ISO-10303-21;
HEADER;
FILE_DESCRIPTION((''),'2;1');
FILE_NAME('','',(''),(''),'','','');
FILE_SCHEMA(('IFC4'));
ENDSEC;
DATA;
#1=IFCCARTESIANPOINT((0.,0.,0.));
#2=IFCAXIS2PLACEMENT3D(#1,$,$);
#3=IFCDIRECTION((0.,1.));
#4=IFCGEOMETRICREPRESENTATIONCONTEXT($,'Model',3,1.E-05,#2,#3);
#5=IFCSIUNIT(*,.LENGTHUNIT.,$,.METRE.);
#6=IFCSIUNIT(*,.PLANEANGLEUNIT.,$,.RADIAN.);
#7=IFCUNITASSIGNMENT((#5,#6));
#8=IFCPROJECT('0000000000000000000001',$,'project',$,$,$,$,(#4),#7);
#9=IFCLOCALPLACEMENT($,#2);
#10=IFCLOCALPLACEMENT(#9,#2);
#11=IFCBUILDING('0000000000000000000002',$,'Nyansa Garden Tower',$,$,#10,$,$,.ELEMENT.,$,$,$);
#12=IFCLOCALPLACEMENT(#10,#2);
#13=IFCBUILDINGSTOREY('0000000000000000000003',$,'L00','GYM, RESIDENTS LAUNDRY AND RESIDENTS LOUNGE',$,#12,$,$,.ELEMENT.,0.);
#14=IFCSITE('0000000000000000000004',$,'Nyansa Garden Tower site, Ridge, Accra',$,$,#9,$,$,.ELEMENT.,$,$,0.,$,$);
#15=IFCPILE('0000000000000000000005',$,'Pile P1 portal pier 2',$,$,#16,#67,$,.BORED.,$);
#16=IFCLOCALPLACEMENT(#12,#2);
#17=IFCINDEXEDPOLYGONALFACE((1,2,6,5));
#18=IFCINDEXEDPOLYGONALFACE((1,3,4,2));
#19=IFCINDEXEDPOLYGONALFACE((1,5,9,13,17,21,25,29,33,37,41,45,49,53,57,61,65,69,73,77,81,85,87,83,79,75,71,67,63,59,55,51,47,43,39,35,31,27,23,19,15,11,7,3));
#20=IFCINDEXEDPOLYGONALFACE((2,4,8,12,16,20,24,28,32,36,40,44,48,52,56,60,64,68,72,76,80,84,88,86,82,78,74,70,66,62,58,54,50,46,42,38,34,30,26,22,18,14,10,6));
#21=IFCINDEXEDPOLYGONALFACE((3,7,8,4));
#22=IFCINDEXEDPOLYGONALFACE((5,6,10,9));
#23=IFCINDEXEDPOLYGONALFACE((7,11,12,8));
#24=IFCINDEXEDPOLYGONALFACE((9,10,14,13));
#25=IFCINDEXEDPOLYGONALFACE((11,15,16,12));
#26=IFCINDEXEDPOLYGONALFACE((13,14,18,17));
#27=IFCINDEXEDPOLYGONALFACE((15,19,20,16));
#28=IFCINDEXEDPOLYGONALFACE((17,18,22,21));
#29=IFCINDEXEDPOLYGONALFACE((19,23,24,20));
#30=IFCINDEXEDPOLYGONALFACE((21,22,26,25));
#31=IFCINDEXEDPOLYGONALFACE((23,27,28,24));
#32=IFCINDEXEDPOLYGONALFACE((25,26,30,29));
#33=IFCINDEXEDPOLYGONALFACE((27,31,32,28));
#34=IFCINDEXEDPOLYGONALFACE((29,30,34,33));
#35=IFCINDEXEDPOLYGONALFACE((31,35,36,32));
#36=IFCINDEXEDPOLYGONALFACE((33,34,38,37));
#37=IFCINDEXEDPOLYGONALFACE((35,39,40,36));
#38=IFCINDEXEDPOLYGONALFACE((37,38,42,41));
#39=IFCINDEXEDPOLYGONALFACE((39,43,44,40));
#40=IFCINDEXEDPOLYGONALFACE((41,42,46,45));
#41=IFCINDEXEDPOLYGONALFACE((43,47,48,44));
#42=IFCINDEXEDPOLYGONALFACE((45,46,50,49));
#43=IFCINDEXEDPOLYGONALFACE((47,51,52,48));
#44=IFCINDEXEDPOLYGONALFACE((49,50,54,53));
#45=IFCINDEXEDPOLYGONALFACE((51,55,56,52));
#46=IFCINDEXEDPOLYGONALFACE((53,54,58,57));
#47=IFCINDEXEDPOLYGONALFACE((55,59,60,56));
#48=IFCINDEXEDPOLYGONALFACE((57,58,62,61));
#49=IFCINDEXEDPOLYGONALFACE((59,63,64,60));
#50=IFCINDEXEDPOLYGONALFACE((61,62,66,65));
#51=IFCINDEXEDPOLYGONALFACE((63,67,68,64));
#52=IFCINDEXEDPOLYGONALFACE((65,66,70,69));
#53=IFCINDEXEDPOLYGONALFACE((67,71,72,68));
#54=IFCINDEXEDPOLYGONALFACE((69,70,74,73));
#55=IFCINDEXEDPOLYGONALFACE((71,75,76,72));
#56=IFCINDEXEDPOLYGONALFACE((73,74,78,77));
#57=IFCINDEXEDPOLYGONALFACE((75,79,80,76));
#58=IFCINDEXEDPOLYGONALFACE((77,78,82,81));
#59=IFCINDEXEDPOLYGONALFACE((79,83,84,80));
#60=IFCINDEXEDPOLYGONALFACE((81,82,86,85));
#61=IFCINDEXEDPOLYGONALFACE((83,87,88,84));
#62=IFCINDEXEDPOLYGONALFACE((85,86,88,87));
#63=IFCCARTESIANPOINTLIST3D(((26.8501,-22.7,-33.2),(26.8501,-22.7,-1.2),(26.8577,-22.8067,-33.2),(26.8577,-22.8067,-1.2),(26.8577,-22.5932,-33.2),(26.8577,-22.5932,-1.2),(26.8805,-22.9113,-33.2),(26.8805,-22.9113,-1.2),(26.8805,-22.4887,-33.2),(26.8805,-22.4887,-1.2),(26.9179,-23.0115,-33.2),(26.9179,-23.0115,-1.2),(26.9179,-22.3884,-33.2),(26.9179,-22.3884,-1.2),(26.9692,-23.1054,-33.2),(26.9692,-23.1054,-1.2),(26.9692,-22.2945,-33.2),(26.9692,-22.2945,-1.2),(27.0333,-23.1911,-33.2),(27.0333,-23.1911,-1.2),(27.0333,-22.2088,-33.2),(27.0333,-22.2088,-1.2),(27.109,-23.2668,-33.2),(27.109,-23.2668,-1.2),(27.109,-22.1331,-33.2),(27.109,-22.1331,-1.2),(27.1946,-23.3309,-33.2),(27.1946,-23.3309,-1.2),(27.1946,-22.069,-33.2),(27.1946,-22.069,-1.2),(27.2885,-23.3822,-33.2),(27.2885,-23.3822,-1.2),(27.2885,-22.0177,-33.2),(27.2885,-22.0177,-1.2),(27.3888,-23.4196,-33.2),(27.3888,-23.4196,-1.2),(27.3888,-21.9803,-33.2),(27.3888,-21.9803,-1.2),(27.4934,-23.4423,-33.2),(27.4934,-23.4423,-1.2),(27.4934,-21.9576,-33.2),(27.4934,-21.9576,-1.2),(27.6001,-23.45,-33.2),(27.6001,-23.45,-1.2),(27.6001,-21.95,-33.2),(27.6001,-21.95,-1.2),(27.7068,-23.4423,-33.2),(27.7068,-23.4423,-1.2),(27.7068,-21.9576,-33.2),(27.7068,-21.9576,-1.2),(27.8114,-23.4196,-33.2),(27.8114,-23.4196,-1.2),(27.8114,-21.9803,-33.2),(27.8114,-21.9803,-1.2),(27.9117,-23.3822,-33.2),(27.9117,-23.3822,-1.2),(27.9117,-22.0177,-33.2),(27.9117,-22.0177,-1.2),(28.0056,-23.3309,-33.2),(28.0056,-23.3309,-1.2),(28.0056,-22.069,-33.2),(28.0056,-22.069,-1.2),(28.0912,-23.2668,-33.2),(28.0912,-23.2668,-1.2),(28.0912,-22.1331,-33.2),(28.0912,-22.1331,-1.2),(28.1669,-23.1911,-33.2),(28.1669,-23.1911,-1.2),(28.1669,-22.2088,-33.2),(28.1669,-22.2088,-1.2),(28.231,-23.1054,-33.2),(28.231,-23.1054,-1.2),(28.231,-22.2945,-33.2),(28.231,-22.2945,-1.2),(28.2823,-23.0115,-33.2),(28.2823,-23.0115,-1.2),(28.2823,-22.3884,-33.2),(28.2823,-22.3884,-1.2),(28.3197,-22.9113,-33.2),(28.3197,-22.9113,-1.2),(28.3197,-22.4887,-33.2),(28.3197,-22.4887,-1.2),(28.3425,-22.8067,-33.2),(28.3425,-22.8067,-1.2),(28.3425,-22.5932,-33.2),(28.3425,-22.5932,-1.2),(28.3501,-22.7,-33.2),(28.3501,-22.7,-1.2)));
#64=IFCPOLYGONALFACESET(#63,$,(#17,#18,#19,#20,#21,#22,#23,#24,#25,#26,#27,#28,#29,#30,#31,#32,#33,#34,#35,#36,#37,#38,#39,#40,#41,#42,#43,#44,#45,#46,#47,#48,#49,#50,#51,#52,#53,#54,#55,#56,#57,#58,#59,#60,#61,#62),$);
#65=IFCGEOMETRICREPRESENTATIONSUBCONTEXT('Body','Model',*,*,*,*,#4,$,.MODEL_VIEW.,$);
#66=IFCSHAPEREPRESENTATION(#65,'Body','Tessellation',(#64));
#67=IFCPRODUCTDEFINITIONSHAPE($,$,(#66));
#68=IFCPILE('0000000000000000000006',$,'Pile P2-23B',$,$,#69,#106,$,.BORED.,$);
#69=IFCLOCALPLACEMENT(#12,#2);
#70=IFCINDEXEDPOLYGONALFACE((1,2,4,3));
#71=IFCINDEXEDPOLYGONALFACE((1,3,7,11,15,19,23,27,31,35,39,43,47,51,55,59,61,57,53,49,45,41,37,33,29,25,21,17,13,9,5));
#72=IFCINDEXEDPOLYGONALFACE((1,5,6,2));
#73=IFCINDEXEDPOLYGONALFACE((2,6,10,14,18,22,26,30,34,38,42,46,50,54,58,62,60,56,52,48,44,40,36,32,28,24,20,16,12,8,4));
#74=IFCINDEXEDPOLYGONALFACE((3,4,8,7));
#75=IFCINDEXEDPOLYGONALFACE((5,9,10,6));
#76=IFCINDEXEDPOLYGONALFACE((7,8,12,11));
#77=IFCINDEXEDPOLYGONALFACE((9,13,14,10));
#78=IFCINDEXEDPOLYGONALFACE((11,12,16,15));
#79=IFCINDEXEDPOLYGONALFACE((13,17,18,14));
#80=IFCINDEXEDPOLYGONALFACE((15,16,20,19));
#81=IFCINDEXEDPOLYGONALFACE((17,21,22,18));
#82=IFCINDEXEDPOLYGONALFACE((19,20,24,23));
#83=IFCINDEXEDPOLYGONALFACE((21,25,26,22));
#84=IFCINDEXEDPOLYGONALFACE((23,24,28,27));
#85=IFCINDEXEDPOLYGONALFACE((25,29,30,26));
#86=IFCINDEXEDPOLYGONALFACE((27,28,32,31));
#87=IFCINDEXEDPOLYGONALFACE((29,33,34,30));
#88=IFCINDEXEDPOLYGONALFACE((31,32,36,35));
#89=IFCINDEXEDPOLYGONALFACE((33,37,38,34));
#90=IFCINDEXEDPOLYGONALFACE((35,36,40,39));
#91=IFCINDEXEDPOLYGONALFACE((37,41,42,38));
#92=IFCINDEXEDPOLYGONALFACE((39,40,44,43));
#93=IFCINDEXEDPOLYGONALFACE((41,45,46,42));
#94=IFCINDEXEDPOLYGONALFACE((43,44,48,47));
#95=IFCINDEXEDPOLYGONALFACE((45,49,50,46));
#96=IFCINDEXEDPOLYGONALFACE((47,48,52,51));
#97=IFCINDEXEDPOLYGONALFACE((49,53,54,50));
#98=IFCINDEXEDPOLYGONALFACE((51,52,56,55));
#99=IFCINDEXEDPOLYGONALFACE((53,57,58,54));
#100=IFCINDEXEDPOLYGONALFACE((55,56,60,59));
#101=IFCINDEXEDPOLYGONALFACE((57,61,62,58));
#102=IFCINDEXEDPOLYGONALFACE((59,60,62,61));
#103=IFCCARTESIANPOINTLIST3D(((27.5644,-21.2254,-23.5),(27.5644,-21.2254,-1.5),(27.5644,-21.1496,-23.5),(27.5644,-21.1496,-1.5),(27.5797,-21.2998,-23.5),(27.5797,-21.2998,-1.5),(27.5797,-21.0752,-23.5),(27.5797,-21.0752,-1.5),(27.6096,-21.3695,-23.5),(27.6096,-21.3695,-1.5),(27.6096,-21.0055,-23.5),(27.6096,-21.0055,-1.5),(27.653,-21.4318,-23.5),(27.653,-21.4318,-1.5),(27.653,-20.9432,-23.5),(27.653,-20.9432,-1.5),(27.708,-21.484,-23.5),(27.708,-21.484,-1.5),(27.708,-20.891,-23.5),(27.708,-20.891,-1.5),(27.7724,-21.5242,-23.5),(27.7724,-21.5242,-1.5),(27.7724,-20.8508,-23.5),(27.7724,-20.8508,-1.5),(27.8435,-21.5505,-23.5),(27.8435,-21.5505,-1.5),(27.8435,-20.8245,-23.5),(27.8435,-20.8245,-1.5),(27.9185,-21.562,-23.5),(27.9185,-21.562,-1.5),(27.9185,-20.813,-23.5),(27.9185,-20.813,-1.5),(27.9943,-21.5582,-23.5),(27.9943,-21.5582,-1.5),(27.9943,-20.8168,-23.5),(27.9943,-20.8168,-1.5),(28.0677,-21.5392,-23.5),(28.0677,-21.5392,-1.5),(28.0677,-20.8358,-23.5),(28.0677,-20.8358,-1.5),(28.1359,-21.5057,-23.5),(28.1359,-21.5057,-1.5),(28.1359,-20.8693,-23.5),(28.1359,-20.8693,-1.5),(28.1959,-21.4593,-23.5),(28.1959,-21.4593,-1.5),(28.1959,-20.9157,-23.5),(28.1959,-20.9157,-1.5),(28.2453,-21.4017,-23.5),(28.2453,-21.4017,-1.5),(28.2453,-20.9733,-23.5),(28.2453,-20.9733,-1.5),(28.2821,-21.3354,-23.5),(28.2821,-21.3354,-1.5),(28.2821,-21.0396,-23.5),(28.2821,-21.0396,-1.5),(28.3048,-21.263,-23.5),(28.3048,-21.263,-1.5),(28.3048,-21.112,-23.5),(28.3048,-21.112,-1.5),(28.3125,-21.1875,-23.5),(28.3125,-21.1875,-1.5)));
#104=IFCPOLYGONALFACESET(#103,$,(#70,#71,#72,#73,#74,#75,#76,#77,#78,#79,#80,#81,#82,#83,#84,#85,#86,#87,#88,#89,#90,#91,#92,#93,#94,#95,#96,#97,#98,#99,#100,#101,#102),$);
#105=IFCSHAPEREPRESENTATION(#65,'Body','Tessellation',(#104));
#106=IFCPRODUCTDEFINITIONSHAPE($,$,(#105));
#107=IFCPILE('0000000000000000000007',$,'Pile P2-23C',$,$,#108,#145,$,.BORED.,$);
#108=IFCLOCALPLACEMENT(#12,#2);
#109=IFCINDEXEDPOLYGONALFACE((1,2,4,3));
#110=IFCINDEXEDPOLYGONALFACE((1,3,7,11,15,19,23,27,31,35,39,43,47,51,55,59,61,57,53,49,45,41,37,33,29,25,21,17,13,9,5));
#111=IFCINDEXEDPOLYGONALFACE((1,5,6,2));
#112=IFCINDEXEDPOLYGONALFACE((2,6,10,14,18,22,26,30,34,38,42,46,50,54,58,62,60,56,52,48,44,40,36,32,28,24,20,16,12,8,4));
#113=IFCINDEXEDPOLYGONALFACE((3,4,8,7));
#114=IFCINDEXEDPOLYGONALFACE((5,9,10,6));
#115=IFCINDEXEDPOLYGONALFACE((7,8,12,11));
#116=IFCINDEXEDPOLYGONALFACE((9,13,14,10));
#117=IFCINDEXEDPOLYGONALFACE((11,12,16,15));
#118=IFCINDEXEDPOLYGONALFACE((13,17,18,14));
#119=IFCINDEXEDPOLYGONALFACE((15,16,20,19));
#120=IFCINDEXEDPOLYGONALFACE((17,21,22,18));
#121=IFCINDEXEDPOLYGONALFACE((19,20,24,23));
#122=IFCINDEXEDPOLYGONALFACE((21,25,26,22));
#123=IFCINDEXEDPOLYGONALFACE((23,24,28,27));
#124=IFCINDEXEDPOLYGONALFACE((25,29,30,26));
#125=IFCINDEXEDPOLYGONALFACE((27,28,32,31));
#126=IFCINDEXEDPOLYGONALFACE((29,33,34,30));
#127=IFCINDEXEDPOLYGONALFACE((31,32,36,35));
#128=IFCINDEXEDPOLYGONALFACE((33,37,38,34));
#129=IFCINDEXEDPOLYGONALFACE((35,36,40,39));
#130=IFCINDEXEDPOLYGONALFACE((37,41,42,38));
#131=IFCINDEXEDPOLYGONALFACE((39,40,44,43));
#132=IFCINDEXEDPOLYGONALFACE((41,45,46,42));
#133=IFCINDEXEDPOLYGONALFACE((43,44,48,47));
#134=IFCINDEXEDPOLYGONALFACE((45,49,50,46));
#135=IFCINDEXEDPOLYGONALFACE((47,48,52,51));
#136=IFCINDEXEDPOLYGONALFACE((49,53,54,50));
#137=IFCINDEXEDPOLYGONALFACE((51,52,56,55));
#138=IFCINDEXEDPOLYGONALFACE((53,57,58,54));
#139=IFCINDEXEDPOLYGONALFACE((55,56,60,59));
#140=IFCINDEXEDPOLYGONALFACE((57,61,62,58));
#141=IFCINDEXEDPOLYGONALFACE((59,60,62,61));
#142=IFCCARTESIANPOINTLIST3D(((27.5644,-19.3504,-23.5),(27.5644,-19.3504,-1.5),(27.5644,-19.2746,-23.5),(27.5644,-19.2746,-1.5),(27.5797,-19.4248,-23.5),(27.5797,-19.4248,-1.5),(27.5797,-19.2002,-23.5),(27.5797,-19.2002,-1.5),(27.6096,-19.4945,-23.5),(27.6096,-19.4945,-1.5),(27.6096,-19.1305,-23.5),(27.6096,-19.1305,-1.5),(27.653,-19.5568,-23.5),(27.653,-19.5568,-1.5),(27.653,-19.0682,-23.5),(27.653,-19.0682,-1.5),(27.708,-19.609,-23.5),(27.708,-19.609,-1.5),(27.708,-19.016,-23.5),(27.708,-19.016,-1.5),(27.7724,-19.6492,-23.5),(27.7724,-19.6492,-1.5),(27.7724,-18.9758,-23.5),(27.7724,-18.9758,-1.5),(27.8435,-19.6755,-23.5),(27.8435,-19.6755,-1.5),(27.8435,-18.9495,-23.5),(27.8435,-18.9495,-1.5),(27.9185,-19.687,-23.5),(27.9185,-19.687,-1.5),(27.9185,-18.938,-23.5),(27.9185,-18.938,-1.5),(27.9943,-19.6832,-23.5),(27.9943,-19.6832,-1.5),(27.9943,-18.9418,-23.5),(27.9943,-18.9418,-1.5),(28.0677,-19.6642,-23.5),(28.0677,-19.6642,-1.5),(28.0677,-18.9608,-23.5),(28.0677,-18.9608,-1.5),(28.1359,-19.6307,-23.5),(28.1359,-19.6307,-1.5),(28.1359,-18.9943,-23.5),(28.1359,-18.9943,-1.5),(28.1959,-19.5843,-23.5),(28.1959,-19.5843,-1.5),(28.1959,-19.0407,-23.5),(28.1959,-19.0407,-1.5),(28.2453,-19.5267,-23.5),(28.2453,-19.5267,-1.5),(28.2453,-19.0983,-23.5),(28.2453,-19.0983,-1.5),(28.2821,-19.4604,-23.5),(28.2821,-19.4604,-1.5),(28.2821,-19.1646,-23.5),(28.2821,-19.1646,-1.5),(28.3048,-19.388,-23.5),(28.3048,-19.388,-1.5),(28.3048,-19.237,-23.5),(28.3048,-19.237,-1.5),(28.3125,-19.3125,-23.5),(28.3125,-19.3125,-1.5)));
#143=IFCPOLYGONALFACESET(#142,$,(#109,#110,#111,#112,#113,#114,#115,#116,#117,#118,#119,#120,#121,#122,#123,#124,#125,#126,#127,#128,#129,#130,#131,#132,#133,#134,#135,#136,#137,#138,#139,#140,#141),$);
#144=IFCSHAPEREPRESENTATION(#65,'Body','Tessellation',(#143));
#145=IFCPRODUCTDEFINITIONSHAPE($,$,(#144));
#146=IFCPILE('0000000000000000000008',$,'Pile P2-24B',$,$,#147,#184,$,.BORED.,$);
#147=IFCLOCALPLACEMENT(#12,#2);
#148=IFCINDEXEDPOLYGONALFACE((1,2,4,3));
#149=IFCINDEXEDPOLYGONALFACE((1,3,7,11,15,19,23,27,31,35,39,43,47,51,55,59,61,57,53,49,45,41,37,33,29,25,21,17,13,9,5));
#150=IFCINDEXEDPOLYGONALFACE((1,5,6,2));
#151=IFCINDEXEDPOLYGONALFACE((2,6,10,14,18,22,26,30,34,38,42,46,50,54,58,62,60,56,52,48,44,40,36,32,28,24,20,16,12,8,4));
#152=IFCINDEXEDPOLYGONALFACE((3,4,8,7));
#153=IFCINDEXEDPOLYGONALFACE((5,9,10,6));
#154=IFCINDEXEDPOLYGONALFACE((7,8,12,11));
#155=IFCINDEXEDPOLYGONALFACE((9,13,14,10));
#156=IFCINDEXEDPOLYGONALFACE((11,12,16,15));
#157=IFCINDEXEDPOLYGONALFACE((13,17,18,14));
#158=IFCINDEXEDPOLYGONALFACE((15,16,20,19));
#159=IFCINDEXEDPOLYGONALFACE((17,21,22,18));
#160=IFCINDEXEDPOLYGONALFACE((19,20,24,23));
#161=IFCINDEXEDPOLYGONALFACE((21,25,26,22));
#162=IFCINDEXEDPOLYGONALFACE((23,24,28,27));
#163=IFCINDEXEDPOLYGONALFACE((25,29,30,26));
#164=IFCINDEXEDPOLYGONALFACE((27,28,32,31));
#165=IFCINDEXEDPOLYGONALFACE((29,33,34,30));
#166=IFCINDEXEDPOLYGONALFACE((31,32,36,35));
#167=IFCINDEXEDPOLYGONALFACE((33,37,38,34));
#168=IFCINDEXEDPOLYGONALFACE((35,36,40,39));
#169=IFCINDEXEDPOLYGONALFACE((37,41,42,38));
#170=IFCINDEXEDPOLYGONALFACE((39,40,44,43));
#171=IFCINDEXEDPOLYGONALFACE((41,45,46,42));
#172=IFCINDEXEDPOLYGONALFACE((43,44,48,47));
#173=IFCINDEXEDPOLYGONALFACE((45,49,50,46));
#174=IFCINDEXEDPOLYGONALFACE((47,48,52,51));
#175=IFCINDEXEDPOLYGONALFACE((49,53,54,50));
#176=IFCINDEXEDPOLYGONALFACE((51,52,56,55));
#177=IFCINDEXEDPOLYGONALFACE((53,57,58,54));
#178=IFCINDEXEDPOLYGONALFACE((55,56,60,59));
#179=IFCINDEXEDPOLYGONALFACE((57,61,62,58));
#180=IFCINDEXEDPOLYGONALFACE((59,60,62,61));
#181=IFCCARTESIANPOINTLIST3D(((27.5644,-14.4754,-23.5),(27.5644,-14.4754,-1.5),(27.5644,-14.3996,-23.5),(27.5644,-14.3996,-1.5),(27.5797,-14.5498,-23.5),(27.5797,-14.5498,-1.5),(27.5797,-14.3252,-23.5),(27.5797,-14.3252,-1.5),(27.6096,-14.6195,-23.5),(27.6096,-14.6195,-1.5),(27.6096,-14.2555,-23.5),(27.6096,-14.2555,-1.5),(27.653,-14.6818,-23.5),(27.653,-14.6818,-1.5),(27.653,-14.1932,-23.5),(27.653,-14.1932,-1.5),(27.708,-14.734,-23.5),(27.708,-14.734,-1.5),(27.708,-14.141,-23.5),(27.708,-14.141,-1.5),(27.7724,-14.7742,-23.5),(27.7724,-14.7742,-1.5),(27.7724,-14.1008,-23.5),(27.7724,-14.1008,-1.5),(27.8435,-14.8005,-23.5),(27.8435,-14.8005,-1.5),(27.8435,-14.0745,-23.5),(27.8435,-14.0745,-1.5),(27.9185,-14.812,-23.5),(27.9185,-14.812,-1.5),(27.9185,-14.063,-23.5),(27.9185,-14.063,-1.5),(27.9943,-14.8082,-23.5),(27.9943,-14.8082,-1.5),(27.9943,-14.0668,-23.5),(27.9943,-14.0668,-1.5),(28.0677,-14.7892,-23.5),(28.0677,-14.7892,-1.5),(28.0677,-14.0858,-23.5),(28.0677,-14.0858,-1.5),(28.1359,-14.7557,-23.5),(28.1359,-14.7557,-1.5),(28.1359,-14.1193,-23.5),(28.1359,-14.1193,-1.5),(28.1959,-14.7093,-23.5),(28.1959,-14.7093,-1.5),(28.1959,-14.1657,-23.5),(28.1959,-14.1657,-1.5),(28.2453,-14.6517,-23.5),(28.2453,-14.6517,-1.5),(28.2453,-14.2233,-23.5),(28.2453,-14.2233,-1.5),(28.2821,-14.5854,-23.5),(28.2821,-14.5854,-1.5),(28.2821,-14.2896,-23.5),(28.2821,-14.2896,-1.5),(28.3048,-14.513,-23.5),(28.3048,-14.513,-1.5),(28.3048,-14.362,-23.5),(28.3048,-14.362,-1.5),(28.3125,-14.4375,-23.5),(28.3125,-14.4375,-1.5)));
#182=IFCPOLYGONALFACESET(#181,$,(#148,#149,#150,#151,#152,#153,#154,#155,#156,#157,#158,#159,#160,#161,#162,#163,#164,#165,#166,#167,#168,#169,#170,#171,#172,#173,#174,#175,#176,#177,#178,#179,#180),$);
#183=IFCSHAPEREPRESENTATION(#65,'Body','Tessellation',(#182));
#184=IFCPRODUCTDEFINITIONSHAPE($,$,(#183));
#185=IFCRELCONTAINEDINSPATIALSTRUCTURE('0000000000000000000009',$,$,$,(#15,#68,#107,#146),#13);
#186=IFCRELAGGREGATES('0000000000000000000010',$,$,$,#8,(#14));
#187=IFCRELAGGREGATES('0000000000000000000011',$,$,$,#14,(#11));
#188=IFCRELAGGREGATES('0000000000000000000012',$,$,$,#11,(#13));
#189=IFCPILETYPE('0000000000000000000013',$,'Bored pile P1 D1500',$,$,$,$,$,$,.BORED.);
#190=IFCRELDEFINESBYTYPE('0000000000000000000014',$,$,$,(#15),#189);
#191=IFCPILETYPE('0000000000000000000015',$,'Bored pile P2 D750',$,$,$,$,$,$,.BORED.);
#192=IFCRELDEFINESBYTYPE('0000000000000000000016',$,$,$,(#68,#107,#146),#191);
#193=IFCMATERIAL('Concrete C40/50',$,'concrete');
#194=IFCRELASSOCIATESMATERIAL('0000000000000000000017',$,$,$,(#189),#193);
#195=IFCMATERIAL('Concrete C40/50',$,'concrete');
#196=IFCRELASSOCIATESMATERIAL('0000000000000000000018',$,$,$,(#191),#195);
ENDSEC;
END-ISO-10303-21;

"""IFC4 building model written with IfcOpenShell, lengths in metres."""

from ifc_helpers import new_model, si_unit, direction, frame, origin, origin_2d, place, context, subcontext, project, spatial, circle, extrude, material, type_object, element, save


model = new_model("IFC4")

# Units and contexts
model_context = context("Model", 3, precision=1e-05, world=origin(), true_north=direction((0.0, 1.0)))
body_context = subcontext(model_context, "Body", "Model", "MODEL_VIEW")
ifc_project = project(units=[si_unit("LENGTHUNIT", "METRE"), si_unit("PLANEANGLEUNIT", "RADIAN")], contexts=[model_context])

# Site, building, storey
site_placement = place(None, origin())
site = spatial("IfcSite", under=ifc_project, at=site_placement, Name="Nyansa Garden Tower site, Ridge, Accra", CompositionType="ELEMENT", RefElevation=0.0)
building_placement = place(site_placement, origin())
building = spatial("IfcBuilding", under=site, at=building_placement, Name="Nyansa Garden Tower", CompositionType="ELEMENT")
storey_placement = place(building_placement, origin())
storey = spatial("IfcBuildingStorey", under=building, at=storey_placement, Name="L00", Description="GYM, RESIDENTS LAUNDRY AND RESIDENTS LOUNGE", CompositionType="ELEMENT", Elevation=0.0)

# Piles
ifc_material_1 = material(Name="Concrete C40/50", Category="concrete")
pile_type_1 = type_object("IfcPileType", Name="Bored pile P1 D1500", PredefinedType="BORED", material=ifc_material_1)
pile_placement = place(storey_placement, frame((27.6001, -22.7, -1.2), z_axis=(0.0, 0.0, -1.0), x_axis=(1.0, 0.0, 0.0)))
element("IfcPile", 1, at=pile_placement, inside=storey, type_object=pile_type_1, Name="Pile P1 portal pier 2", PredefinedType="BORED", context=body_context, shape_type="SweptSolid", body=[
    extrude(circle(Radius=0.75, at=origin_2d()), origin(), (0.0, 0.0, 1.0), 32.0),
])
ifc_material_2 = material(Name="Concrete C40/50", Category="concrete")
pile_type_2 = type_object("IfcPileType", Name="Bored pile P2 D750", PredefinedType="BORED", material=ifc_material_2)
for number, where, z_axis, x_axis, name in (
    (2, (27.9375, -21.1875, -1.5), (0.0, 0.0, -1.0), (1.0, 0.0, 0.0), "Pile P2-23B"),
    (3, (27.9375, -19.3125, -1.5), (0.0, 0.0, -1.0), (1.0, 0.0, 0.0), "Pile P2-23C"),
    (4, (27.9375, -14.4375, -1.5), (0.0, 0.0, -1.0), (1.0, 0.0, 0.0), "Pile P2-24B"),
):
    element("IfcPile", number, at=place(storey_placement, frame(where, z_axis=z_axis, x_axis=x_axis)), inside=storey, type_object=pile_type_2, Name=name, PredefinedType="BORED", context=body_context, shape_type="SweptSolid", body=[
        extrude(circle(Radius=0.375, at=origin_2d()), origin(), (0.0, 0.0, 1.0), 22.0),
    ])

save(model, "model.ifc")
